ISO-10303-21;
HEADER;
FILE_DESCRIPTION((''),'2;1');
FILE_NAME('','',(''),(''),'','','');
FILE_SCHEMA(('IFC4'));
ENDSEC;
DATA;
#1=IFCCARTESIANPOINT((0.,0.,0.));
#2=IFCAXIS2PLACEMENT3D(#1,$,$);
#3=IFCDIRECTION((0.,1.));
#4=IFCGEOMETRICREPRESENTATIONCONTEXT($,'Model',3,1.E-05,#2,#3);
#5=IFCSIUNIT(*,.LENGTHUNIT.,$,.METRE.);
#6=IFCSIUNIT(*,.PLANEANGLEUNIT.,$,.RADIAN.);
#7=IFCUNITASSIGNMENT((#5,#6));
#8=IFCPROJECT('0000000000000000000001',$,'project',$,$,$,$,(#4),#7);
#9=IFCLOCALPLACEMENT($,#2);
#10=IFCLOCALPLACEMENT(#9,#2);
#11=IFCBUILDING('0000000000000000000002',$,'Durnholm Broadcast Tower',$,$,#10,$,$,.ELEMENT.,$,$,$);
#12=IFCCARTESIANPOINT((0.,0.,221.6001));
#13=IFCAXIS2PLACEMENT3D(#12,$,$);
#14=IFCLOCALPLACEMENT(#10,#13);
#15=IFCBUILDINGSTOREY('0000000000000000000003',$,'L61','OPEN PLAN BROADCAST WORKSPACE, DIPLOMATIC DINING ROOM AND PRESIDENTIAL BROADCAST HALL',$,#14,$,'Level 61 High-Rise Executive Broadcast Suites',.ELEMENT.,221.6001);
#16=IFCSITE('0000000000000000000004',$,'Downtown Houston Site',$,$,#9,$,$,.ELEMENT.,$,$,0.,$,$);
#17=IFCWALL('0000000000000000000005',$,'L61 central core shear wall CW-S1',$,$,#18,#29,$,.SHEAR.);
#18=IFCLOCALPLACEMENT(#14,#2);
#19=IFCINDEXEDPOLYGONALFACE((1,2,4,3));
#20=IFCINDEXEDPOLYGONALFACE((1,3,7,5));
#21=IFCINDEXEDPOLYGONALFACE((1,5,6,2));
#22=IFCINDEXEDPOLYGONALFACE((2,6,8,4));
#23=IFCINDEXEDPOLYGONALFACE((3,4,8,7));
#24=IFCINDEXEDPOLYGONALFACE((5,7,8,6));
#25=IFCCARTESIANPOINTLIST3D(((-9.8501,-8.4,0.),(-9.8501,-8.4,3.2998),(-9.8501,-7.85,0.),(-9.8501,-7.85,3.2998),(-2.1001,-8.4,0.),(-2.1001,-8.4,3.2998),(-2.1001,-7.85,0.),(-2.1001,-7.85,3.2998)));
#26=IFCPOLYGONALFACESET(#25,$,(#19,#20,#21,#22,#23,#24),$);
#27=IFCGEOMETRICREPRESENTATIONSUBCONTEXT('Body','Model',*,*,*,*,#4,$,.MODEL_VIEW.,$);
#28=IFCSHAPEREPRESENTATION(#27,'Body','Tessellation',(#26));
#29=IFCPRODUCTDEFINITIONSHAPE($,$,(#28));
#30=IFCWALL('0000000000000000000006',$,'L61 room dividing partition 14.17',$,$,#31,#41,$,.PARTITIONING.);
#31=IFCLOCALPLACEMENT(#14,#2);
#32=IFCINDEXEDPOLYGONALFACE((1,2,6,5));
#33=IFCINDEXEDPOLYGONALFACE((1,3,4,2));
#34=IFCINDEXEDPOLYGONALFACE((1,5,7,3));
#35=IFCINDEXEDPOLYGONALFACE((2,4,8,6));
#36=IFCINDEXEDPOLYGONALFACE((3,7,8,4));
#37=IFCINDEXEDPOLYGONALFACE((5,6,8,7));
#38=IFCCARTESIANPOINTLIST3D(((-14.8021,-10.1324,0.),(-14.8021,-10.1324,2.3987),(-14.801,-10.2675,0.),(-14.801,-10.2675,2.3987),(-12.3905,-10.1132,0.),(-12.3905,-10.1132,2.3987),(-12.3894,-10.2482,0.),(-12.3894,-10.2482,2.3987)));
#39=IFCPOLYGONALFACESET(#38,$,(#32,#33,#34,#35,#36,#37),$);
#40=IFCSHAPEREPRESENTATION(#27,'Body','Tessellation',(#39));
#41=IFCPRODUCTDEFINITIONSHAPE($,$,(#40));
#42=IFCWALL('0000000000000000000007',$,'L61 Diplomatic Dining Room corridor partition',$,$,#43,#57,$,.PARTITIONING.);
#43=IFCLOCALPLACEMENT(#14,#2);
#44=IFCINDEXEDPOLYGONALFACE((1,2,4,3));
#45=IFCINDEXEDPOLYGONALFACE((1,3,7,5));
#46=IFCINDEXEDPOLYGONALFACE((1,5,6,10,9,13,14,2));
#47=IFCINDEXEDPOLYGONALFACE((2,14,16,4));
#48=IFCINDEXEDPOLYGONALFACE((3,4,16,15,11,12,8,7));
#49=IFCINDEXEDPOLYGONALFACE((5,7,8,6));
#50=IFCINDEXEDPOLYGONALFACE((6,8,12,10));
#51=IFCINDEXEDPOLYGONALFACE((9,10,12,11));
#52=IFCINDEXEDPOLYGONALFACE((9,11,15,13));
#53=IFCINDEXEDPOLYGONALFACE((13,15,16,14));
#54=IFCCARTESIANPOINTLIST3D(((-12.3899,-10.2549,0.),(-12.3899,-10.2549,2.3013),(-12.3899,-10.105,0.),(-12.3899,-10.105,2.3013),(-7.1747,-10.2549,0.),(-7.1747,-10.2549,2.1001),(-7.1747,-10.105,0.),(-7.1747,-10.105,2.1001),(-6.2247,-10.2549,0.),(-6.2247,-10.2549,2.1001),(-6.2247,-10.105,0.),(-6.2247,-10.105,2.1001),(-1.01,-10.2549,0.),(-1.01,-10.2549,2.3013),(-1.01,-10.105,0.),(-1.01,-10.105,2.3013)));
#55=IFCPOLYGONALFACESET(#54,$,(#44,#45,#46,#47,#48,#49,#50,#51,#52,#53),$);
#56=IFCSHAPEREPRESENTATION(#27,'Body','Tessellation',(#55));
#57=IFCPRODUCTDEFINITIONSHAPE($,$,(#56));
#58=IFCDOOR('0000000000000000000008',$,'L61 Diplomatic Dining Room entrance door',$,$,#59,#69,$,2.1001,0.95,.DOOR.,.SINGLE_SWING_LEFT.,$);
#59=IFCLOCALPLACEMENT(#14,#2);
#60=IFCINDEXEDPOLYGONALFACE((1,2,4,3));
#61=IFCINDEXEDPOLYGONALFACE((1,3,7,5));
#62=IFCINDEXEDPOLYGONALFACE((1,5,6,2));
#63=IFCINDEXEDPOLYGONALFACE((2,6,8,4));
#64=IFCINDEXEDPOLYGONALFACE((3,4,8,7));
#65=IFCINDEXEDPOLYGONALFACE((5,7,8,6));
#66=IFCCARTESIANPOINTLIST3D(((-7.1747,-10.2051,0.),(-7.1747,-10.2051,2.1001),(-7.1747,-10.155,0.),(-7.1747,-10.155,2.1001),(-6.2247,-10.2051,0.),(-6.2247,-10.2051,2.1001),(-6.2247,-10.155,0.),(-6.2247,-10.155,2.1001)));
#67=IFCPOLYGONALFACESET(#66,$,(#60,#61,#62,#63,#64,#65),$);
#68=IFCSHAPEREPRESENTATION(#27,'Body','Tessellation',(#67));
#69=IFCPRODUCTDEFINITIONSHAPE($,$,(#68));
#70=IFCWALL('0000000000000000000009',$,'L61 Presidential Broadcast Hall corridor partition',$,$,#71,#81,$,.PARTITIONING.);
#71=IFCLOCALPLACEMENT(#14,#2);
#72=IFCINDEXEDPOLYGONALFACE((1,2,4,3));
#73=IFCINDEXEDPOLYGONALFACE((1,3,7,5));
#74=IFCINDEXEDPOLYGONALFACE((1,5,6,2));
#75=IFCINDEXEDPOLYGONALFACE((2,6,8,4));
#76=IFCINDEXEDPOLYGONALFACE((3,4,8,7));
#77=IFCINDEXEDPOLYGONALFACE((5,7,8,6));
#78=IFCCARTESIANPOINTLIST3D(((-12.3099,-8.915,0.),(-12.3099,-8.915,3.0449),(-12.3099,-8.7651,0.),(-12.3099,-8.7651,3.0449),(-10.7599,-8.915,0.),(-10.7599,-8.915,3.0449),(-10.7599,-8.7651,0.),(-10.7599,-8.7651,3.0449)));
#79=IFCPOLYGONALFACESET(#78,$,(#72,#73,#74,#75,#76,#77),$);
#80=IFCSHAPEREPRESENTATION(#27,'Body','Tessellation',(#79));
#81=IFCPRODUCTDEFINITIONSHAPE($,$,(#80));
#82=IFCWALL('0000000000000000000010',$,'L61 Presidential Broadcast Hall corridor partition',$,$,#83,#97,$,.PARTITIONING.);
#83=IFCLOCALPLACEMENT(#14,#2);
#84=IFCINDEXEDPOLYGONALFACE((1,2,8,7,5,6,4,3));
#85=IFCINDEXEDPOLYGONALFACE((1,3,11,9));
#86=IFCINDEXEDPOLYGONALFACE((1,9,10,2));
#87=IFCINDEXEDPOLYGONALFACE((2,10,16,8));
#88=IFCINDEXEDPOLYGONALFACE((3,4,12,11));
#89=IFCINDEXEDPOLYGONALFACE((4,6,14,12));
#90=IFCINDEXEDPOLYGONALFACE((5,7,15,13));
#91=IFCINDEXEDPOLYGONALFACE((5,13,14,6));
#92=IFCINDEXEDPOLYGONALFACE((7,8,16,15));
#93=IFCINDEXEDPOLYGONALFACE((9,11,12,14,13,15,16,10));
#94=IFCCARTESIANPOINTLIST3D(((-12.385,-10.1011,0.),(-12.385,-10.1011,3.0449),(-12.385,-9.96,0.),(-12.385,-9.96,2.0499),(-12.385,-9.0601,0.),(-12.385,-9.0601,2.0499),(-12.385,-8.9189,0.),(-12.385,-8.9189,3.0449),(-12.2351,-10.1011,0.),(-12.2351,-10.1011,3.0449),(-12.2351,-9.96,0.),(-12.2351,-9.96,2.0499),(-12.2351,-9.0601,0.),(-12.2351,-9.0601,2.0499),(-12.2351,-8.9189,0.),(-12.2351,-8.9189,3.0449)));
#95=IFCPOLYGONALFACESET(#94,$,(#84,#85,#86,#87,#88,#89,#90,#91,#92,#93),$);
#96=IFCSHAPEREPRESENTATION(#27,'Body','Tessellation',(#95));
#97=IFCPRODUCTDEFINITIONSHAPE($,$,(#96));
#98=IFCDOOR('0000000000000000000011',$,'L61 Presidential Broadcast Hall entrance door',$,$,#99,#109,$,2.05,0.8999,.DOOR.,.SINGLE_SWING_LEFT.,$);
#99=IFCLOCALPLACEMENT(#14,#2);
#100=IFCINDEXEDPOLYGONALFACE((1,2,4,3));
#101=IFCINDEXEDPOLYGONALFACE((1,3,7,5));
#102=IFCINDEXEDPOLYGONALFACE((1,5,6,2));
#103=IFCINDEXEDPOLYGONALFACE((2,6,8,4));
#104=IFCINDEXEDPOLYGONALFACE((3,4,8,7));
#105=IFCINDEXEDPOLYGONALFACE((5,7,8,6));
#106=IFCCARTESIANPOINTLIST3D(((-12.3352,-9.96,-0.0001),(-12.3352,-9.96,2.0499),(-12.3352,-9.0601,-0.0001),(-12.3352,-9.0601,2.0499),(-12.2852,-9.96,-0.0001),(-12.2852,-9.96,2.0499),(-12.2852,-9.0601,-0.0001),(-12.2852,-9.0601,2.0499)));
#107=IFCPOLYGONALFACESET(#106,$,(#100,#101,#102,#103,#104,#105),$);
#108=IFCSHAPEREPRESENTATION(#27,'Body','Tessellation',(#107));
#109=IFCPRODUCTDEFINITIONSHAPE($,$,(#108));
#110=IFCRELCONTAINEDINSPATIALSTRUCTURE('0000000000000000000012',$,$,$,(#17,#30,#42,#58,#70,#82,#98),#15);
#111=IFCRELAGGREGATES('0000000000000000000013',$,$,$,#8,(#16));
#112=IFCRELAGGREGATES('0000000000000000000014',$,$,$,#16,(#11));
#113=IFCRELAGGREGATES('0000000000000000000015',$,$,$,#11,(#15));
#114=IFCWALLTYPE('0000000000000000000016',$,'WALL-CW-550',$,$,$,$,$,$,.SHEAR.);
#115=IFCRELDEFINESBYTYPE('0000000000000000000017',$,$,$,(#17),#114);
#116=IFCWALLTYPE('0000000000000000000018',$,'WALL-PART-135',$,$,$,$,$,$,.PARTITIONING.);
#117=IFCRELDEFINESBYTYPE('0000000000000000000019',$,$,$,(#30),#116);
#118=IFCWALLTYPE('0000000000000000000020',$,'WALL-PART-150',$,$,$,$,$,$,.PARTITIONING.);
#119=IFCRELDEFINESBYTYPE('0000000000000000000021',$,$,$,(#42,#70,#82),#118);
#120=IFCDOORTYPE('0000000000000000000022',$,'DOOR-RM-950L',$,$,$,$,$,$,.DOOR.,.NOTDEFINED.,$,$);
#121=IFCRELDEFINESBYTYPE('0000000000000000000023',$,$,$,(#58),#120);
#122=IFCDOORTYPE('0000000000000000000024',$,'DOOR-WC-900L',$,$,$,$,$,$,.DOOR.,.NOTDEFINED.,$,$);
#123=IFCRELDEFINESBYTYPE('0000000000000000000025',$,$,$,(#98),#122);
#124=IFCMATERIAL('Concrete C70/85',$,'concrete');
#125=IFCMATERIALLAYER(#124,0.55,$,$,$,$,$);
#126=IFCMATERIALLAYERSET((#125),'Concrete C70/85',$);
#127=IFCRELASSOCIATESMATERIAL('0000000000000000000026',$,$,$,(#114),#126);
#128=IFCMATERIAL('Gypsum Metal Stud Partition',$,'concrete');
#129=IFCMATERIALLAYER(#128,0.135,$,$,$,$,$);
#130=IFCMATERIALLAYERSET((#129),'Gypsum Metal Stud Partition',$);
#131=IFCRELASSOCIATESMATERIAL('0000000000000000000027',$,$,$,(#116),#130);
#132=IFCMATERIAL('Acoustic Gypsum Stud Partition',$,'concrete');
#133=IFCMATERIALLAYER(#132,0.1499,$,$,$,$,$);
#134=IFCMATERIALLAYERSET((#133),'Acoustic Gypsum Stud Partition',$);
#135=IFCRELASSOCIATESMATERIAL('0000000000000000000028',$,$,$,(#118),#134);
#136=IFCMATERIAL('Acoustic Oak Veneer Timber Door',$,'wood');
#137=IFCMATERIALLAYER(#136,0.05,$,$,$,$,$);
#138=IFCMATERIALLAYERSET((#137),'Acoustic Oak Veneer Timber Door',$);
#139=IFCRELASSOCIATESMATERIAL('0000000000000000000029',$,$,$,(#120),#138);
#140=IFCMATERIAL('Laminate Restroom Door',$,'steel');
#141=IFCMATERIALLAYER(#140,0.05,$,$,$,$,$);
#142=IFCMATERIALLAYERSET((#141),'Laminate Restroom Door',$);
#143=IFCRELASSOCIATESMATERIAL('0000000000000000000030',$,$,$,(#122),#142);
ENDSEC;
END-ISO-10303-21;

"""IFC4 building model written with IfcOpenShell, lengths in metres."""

from ifc_helpers import new_model, si_unit, direction, frame, frame_2d, origin, place, context, subcontext, project, spatial, rectangle, extrude, source, transform, mapped, material, layer, layer_set, type_object, type_shapes, element, fill, save


model = new_model("IFC4")

# Units and contexts
model_context = context("Model", 3, precision=1e-05, world=origin(), true_north=direction((0.0, 1.0)))
body_context = subcontext(model_context, "Body", "Model", "MODEL_VIEW")
ifc_project = project(units=[si_unit("LENGTHUNIT", "METRE"), si_unit("PLANEANGLEUNIT", "RADIAN")], contexts=[model_context])

# Site, building, storey
site_placement = place(None, origin())
site = spatial("IfcSite", under=ifc_project, at=site_placement, Name="Downtown Houston Site", CompositionType="ELEMENT", RefElevation=0.0)
building_placement = place(site_placement, origin())
building = spatial("IfcBuilding", under=site, at=building_placement, Name="Durnholm Broadcast Tower", CompositionType="ELEMENT")
storey_placement = place(building_placement, frame((0.0, 0.0, 221.6001)))
storey = spatial("IfcBuildingStorey", under=building, at=storey_placement, Name="L61", Description="OPEN PLAN BROADCAST WORKSPACE, DIPLOMATIC DINING ROOM AND PRESIDENTIAL BROADCAST HALL", LongName="Level 61 High-Rise Executive Broadcast Suites", CompositionType="ELEMENT", Elevation=221.6001)

# Shared definitions
ifc_material_1 = material(Name="Concrete C70/85", Category="concrete")

# Walls
ifc_layer_1 = layer(ifc_material_1, 0.55)
ifc_layer_set_1 = layer_set([ifc_layer_1], Name="Concrete C70/85")
wall_type_1 = type_object("IfcWallType", Name="WALL-CW-550", PredefinedType="SHEAR", material=ifc_layer_set_1)
wall_1_placement = place(storey_placement, frame((-9.8501, -8.125, 0.0), z_axis=(0.0, 0.0, 1.0), x_axis=(1.0, 0.0, 0.0)))
element("IfcWall", 1, at=wall_1_placement, inside=storey, type_object=wall_type_1, Name="L61 central core shear wall CW-S1", PredefinedType="SHEAR", context=body_context, shape_type="SweptSolid", body=[
    extrude(rectangle(XDim=7.75, YDim=0.55, at=frame_2d((3.875, 0.0))), origin(), (0.0, 0.0, 1.0), 3.2998),
])
ifc_material_2 = material(Name="Gypsum Metal Stud Partition", Category="concrete")
ifc_layer_2 = layer(ifc_material_2, 0.135)
ifc_layer_set_2 = layer_set([ifc_layer_2], Name="Gypsum Metal Stud Partition")
wall_type_2 = type_object("IfcWallType", Name="WALL-PART-135", PredefinedType="PARTITIONING", material=ifc_layer_set_2)
wall_2_placement = place(storey_placement, frame((-14.8015, -10.2, 0.0), z_axis=(0.0, 0.0, 1.0), x_axis=(0.999968, 0.007997, 0.0)))
element("IfcWall", 2, at=wall_2_placement, inside=storey, type_object=wall_type_2, Name="L61 room dividing partition 14.17", PredefinedType="PARTITIONING", context=body_context, shape_type="SweptSolid", body=[
    extrude(rectangle(XDim=2.4116, YDim=0.135, at=frame_2d((1.2058, 0.0))), origin(), (0.0, 0.0, 1.0), 2.3987),
])

# Wall, opening, door
ifc_material_3 = material(Name="Acoustic Gypsum Stud Partition", Category="concrete")
ifc_layer_3 = layer(ifc_material_3, 0.1499)
ifc_layer_set_3 = layer_set([ifc_layer_3], Name="Acoustic Gypsum Stud Partition")
wall_type_3 = type_object("IfcWallType", Name="WALL-PART-150", PredefinedType="PARTITIONING", material=ifc_layer_set_3)
wall_3_placement = place(storey_placement, frame((-12.3899, -10.1799, 0.0), z_axis=(0.0, 0.0, 1.0), x_axis=(1.0, 0.0, 0.0)))
wall_3 = element("IfcWall", 3, at=wall_3_placement, inside=storey, type_object=wall_type_3, Name="L61 Diplomatic Dining Room corridor partition", PredefinedType="PARTITIONING", context=body_context, shape_type="SweptSolid", body=[
    extrude(rectangle(XDim=11.3799, YDim=0.1499, at=frame_2d((5.6899, 0.0))), origin(), (0.0, 0.0, 1.0), 2.3013),
])
opening_1_placement = place(wall_3_placement, frame((5.2151, 0.0, 0.0)))
opening_1 = element("IfcOpeningElement", 4, at=opening_1_placement, cuts=wall_3, PredefinedType="OPENING", context=body_context, shape_type="SweptSolid", body=[
    extrude(rectangle(XDim=0.95, YDim=2.1001, at=frame_2d((0.4751, 1.05))), frame((0.0, 0.085, 0.0), z_axis=(0.0, -1.0, 0.0), x_axis=(1.0, 0.0, 0.0)), (0.0, 0.0, 1.0), 0.1699),
])
ifc_material_4 = material(Name="Acoustic Oak Veneer Timber Door", Category="wood")
ifc_layer_4 = layer(ifc_material_4, 0.05)
ifc_layer_set_4 = layer_set([ifc_layer_4], Name="Acoustic Oak Veneer Timber Door")
door_type_1 = type_object("IfcDoorType", Name="DOOR-RM-950L", OperationType="NOTDEFINED", PredefinedType="DOOR", material=ifc_layer_set_4)
shared_shape_1 = source(origin(), body_context, "Body", "SweptSolid", [
    extrude(rectangle(XDim=0.95, YDim=2.1001, at=frame_2d((0.4751, 1.05))), frame((0.0, 0.0249, 0.0), z_axis=(0.0, -1.0, 0.0), x_axis=(1.0, 0.0, 0.0)), (0.0, 0.0, 1.0), 0.05),
])
type_shapes(door_type_1, [shared_shape_1])
door_1_placement = place(opening_1_placement, origin())
door_1 = element("IfcDoor", 5, at=door_1_placement, inside=storey, type_object=door_type_1, Name="L61 Diplomatic Dining Room entrance door", OperationType="SINGLE_SWING_LEFT", OverallHeight=2.1001, OverallWidth=0.95, PredefinedType="DOOR", context=body_context, shape_type="MappedRepresentation", body=[
    mapped(shared_shape_1, transform((0.0, 0.0, 0.0), x_axis=(1.0, 0.0, 0.0), y_axis=(0.0, 1.0, 0.0), z_axis=(0.0, 0.0, 1.0), scale=1.0)),
])
fill(opening_1, door_1)

# Wall
wall_4_placement = place(storey_placement, frame((-10.76, -8.8401, 0.0), z_axis=(0.0, 0.0, 1.0), x_axis=(-1.0, 0.0, 0.0)))
element("IfcWall", 6, at=wall_4_placement, inside=storey, type_object=wall_type_3, Name="L61 Presidential Broadcast Hall corridor partition", PredefinedType="PARTITIONING", context=body_context, shape_type="SweptSolid", body=[
    extrude(rectangle(XDim=1.55, YDim=0.1499, at=frame_2d((0.7749, 0.0))), origin(), (0.0, 0.0, 1.0), 3.0449),
])

# Wall, opening, door
wall_5_placement = place(storey_placement, frame((-12.3101, -8.9189, 0.0), z_axis=(0.0, 0.0, 1.0), x_axis=(0.0, -1.0, 0.0)))
wall_5 = element("IfcWall", 7, at=wall_5_placement, inside=storey, type_object=wall_type_3, Name="L61 Presidential Broadcast Hall corridor partition", PredefinedType="PARTITIONING", context=body_context, shape_type="SweptSolid", body=[
    extrude(rectangle(XDim=1.1821, YDim=0.1499, at=frame_2d((0.5911, 0.0))), origin(), (0.0, 0.0, 1.0), 3.0449),
])
opening_2_placement = place(wall_5_placement, frame((0.1411, 0.0, 0.0)))
opening_2 = element("IfcOpeningElement", 8, at=opening_2_placement, cuts=wall_5, PredefinedType="OPENING", context=body_context, shape_type="SweptSolid", body=[
    extrude(rectangle(XDim=0.8999, YDim=2.05, at=frame_2d((0.45, 1.0249))), frame((0.0, 0.085, 0.0), z_axis=(0.0, -1.0, 0.0), x_axis=(1.0, 0.0, 0.0)), (0.0, 0.0, 1.0), 0.1699),
])
ifc_material_5 = material(Name="Laminate Restroom Door", Category="steel")
ifc_layer_5 = layer(ifc_material_5, 0.05)
ifc_layer_set_5 = layer_set([ifc_layer_5], Name="Laminate Restroom Door")
door_type_2 = type_object("IfcDoorType", Name="DOOR-WC-900L", OperationType="NOTDEFINED", PredefinedType="DOOR", material=ifc_layer_set_5)
shared_shape_2 = source(origin(), body_context, "Body", "SweptSolid", [
    extrude(rectangle(XDim=0.8999, YDim=2.05, at=frame_2d((0.45, 1.0249))), frame((0.0, 0.0249, 0.0), z_axis=(0.0, -1.0, 0.0), x_axis=(1.0, 0.0, 0.0)), (0.0, 0.0, 1.0), 0.05),
])
type_shapes(door_type_2, [shared_shape_2])
door_2_placement = place(opening_2_placement, origin())
door_2 = element("IfcDoor", 9, at=door_2_placement, inside=storey, type_object=door_type_2, Name="L61 Presidential Broadcast Hall entrance door", OperationType="SINGLE_SWING_LEFT", OverallHeight=2.05, OverallWidth=0.8999, PredefinedType="DOOR", context=body_context, shape_type="MappedRepresentation", body=[
    mapped(shared_shape_2, transform((0.0, 0.0, 0.0), x_axis=(1.0, 0.0, 0.0), y_axis=(0.0, 1.0, 0.0), z_axis=(0.0, 0.0, 1.0), scale=1.0)),
])
fill(opening_2, door_2)

save(model, "model.ifc")
